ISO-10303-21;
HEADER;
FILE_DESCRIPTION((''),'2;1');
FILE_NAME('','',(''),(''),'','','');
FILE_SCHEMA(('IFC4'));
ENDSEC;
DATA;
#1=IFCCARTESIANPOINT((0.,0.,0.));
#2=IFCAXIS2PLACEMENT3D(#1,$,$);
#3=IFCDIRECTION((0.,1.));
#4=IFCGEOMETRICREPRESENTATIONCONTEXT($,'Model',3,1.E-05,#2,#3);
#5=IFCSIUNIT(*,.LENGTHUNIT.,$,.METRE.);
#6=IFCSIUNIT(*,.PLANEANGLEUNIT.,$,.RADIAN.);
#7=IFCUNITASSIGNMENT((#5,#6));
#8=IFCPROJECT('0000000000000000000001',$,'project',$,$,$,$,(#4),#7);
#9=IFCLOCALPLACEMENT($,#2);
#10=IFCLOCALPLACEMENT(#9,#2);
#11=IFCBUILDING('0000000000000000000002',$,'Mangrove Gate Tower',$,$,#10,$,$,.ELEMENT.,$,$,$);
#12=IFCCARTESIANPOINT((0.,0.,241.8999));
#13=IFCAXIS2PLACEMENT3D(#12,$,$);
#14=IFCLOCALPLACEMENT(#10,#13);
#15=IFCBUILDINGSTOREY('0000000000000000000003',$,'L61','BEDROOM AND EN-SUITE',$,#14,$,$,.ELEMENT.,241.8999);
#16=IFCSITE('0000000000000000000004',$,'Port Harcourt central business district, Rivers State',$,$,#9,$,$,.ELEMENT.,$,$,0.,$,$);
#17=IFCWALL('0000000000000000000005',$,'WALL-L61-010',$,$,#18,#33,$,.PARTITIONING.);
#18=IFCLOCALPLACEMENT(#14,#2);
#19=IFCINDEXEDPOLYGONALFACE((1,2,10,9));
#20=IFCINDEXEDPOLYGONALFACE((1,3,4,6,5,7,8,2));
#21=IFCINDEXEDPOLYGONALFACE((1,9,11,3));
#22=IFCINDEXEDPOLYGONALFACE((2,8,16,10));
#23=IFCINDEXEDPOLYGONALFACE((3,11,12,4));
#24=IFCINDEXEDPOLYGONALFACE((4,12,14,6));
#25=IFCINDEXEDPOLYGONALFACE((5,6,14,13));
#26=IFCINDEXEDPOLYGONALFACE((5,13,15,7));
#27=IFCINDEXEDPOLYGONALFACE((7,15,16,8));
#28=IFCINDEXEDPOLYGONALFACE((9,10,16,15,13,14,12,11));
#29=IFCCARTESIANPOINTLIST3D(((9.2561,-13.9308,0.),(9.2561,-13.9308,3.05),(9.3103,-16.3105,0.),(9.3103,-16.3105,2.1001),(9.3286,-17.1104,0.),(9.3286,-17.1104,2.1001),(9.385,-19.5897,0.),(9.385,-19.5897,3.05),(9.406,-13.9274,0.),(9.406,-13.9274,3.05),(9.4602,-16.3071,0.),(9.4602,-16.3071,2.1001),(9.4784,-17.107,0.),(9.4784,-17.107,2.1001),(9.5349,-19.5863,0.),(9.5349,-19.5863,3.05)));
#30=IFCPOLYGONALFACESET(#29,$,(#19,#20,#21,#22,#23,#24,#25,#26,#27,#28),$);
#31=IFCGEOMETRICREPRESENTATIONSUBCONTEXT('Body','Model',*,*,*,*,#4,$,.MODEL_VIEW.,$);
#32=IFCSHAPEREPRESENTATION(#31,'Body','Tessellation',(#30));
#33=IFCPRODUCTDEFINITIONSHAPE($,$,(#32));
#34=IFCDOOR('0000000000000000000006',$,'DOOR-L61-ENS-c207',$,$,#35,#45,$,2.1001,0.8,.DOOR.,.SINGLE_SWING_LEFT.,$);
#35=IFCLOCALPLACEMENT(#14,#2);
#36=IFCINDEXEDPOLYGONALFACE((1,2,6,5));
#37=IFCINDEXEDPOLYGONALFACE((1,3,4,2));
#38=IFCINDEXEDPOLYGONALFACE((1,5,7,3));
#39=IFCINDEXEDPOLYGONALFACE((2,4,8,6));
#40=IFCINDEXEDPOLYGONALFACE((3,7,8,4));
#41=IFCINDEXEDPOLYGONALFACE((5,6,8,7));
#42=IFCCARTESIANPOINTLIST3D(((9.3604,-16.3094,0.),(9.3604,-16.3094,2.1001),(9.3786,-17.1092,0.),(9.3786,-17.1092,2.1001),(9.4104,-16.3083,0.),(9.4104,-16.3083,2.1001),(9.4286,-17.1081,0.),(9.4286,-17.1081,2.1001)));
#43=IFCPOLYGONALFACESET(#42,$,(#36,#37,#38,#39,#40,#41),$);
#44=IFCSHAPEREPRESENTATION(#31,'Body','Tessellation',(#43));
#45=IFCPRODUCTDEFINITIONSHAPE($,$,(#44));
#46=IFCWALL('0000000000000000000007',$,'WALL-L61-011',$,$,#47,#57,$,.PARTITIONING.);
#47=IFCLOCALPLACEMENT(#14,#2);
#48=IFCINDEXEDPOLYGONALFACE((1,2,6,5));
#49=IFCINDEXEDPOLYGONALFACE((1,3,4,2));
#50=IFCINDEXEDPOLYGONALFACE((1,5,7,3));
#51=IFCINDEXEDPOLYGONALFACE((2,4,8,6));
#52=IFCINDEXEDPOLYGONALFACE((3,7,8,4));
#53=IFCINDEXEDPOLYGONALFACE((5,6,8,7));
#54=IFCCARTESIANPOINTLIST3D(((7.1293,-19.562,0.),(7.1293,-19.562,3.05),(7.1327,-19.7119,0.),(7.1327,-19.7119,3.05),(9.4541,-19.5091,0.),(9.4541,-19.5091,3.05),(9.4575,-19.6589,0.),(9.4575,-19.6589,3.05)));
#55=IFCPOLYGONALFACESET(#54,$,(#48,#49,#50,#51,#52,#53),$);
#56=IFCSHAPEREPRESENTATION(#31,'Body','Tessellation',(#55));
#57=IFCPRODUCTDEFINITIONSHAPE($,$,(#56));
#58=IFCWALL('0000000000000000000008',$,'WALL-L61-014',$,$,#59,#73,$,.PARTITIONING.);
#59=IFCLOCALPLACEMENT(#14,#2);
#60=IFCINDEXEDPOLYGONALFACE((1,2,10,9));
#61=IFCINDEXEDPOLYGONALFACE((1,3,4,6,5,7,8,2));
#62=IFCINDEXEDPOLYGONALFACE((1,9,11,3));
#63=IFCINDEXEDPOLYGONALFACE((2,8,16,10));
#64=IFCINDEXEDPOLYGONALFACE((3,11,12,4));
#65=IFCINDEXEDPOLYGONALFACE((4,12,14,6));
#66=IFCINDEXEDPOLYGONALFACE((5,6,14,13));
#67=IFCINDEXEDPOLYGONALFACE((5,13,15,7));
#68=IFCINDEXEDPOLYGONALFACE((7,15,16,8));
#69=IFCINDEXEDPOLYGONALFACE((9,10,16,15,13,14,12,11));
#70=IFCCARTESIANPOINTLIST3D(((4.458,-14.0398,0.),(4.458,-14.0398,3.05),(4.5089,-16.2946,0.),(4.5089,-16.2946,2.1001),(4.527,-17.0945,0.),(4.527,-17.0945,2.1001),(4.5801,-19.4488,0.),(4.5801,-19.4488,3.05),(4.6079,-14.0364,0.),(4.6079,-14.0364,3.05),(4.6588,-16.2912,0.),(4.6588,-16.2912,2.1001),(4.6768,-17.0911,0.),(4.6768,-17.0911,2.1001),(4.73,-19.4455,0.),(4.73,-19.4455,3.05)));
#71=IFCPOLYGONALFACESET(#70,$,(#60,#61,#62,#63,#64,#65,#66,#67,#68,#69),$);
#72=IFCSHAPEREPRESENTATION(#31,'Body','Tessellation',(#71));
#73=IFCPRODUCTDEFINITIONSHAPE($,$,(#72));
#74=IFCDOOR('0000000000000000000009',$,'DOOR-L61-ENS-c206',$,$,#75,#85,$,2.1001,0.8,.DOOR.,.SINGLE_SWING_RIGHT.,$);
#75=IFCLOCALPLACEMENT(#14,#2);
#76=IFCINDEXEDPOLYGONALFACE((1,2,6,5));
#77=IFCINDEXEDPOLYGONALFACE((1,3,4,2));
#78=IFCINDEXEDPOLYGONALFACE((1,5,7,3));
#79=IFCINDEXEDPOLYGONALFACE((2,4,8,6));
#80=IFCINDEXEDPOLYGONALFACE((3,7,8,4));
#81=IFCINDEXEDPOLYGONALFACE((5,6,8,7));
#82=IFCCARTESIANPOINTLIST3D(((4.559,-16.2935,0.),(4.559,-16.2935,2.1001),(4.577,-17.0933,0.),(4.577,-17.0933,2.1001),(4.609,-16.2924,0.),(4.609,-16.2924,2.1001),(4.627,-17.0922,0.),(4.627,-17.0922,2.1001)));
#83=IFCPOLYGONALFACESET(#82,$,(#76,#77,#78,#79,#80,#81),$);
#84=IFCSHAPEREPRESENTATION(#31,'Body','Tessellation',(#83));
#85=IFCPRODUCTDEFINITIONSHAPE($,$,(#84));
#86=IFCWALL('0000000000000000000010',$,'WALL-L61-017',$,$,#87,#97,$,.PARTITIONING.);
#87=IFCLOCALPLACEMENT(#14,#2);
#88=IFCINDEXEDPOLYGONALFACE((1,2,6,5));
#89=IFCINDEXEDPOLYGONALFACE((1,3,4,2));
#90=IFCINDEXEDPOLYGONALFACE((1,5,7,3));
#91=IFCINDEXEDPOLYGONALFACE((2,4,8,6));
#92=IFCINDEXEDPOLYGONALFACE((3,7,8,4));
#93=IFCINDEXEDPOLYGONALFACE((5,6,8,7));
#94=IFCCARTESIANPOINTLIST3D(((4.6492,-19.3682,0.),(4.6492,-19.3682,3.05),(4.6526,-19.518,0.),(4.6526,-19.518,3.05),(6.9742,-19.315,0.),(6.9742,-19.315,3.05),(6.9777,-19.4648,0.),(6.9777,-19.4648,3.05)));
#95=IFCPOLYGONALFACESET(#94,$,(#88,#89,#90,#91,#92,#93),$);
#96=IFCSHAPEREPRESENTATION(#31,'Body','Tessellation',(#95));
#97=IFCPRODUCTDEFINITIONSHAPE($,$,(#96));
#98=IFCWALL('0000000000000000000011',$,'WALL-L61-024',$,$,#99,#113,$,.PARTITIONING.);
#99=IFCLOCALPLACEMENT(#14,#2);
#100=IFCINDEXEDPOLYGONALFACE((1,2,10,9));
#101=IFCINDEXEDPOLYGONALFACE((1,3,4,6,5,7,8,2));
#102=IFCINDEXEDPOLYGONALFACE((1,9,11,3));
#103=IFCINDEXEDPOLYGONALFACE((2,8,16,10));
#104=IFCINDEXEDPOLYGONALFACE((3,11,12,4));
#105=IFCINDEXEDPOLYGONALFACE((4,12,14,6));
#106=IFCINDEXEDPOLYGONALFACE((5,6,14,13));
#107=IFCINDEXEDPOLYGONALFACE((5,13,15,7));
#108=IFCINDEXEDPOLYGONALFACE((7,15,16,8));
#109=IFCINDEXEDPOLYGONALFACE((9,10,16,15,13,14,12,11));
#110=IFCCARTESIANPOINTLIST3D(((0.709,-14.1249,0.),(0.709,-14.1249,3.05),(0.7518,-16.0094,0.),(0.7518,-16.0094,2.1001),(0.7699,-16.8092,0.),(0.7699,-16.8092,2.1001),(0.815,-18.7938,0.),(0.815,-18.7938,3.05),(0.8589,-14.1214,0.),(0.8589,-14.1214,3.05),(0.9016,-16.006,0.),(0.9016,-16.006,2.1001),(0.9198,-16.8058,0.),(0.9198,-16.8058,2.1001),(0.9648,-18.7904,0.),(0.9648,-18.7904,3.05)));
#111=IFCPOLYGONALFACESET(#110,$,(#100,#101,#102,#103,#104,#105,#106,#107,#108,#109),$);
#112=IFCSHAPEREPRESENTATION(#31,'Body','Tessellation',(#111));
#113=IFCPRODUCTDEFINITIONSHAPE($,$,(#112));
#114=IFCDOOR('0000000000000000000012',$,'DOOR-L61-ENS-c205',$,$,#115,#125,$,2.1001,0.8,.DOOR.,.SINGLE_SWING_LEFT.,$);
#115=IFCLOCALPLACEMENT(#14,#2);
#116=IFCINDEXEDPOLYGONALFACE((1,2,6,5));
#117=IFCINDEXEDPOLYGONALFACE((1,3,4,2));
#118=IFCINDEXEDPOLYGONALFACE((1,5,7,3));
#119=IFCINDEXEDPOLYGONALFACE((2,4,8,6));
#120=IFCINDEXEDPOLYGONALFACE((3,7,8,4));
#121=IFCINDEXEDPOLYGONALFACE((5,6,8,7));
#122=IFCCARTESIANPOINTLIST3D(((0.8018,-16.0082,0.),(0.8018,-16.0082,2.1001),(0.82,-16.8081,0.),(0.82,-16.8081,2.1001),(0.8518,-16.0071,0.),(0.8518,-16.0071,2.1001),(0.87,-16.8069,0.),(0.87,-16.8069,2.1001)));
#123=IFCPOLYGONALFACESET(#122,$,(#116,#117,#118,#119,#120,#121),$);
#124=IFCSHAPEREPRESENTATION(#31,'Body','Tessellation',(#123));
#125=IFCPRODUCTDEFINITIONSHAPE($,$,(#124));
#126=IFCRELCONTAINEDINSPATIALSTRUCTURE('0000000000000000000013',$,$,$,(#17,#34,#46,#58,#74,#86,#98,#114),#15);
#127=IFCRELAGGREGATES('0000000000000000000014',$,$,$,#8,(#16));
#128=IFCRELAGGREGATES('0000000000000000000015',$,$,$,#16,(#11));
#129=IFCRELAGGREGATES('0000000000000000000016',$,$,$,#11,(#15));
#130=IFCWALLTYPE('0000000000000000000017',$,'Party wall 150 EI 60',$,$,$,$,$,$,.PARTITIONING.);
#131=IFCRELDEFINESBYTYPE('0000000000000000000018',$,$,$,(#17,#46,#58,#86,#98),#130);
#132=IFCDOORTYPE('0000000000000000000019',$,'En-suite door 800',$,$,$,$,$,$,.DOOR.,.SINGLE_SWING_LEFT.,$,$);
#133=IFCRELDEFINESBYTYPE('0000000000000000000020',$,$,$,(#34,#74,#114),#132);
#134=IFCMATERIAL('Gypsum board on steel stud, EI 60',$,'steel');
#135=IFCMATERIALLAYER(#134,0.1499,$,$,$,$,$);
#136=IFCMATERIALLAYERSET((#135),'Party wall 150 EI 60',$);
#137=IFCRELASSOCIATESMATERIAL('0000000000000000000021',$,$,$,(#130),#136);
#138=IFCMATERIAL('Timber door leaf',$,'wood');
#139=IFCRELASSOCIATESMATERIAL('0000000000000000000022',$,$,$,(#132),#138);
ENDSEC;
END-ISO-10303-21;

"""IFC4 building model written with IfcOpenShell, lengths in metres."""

from ifc_helpers import new_model, si_unit, direction, frame, frame_2d, origin, place, context, subcontext, project, spatial, rectangle, extrude, material, layer, layer_set, type_object, element, fill, save


model = new_model("IFC4")

# Units and contexts
model_context = context("Model", 3, precision=1e-05, world=origin(), true_north=direction((0.0, 1.0)))
body_context = subcontext(model_context, "Body", "Model", "MODEL_VIEW")
ifc_project = project(units=[si_unit("LENGTHUNIT", "METRE"), si_unit("PLANEANGLEUNIT", "RADIAN")], contexts=[model_context])

# Site, building, storey
site_placement = place(None, origin())
site = spatial("IfcSite", under=ifc_project, at=site_placement, Name="Port Harcourt central business district, Rivers State", CompositionType="ELEMENT", RefElevation=0.0)
building_placement = place(site_placement, origin())
building = spatial("IfcBuilding", under=site, at=building_placement, Name="Mangrove Gate Tower", CompositionType="ELEMENT")
storey_placement = place(building_placement, frame((0.0, 0.0, 241.8999)))
storey = spatial("IfcBuildingStorey", under=building, at=storey_placement, Name="L61", Description="BEDROOM AND EN-SUITE", CompositionType="ELEMENT", Elevation=241.8999)

# Shared definitions
ifc_material_1 = material(Name="Gypsum board on steel stud, EI 60", Category="steel")
ifc_layer_1 = layer(ifc_material_1, 0.1499)
ifc_layer_set_1 = layer_set([ifc_layer_1], Name="Party wall 150 EI 60")
wall_type_1 = type_object("IfcWallType", Name="Party wall 150 EI 60", PredefinedType="PARTITIONING", material=ifc_layer_set_1)

# Wall, opening, door
wall_1_placement = place(storey_placement, frame((9.46, -19.5879, 0.0), z_axis=(0.0, 0.0, 1.0), x_axis=(-0.022773, 0.999741, 0.0)))
wall_1 = element("IfcWall", 1, at=wall_1_placement, inside=storey, type_object=wall_type_1, Name="WALL-L61-010", PredefinedType="PARTITIONING", context=body_context, shape_type="SweptSolid", body=[
    extrude(rectangle(XDim=5.6604, YDim=0.1499, at=frame_2d((2.8301, 0.0))), origin(), (0.0, 0.0, 1.0), 3.05),
])
opening_1_placement = place(wall_1_placement, frame((2.48, 0.0, 0.0)))
opening_1 = element("IfcOpeningElement", 2, at=opening_1_placement, cuts=wall_1, PredefinedType="OPENING", context=body_context, shape_type="SweptSolid", body=[
    extrude(rectangle(XDim=0.8, YDim=2.1001, at=frame_2d((0.3999, 1.05))), frame((0.0, 0.085, 0.0), z_axis=(0.0, -1.0, 0.0), x_axis=(1.0, 0.0, 0.0)), (0.0, 0.0, 1.0), 0.1699),
])
ifc_material_2 = material(Name="Timber door leaf", Category="wood")
door_type_1 = type_object("IfcDoorType", Name="En-suite door 800", OperationType="SINGLE_SWING_LEFT", PredefinedType="DOOR", material=ifc_material_2)
door_1_placement = place(opening_1_placement, origin())
door_1 = element("IfcDoor", 3, at=door_1_placement, inside=storey, type_object=door_type_1, Name="DOOR-L61-ENS-c207", OperationType="SINGLE_SWING_LEFT", OverallHeight=2.1001, OverallWidth=0.8, PredefinedType="DOOR", context=body_context, shape_type="SweptSolid", body=[
    extrude(rectangle(XDim=0.8, YDim=2.1001, at=frame_2d((0.3999, 1.05))), frame((0.0, 0.0249, 0.0), z_axis=(0.0, -1.0, 0.0), x_axis=(1.0, 0.0, 0.0)), (0.0, 0.0, 1.0), 0.05),
])
fill(opening_1, door_1)

# Wall
wall_2_placement = place(storey_placement, frame((7.1311, -19.637, 0.0), z_axis=(0.0, 0.0, 1.0), x_axis=(0.99974, 0.022781, 0.0)))
element("IfcWall", 4, at=wall_2_placement, inside=storey, type_object=wall_type_1, Name="WALL-L61-011", PredefinedType="PARTITIONING", context=body_context, shape_type="SweptSolid", body=[
    extrude(rectangle(XDim=2.3254, YDim=0.1499, at=frame_2d((1.1626, 0.0))), origin(), (0.0, 0.0, 1.0), 3.05),
])

# Wall, opening, door
wall_3_placement = place(storey_placement, frame((4.655, -19.447, 0.0), z_axis=(0.0, 0.0, 1.0), x_axis=(-0.022563, 0.999745, 0.0)))
wall_3 = element("IfcWall", 5, at=wall_3_placement, inside=storey, type_object=wall_type_1, Name="WALL-L61-014", PredefinedType="PARTITIONING", context=body_context, shape_type="SweptSolid", body=[
    extrude(rectangle(XDim=5.4104, YDim=0.1499, at=frame_2d((2.7051, 0.0))), origin(), (0.0, 0.0, 1.0), 3.05),
])
opening_2_placement = place(wall_3_placement, frame((2.355, 0.0, 0.0)))
opening_2 = element("IfcOpeningElement", 6, at=opening_2_placement, cuts=wall_3, PredefinedType="OPENING", context=body_context, shape_type="SweptSolid", body=[
    extrude(rectangle(XDim=0.8, YDim=2.1001, at=frame_2d((0.3999, 1.05))), frame((0.0, 0.085, 0.0), z_axis=(0.0, -1.0, 0.0), x_axis=(1.0, 0.0, 0.0)), (0.0, 0.0, 1.0), 0.1699),
])
door_2_placement = place(opening_2_placement, origin())
door_2 = element("IfcDoor", 7, at=door_2_placement, inside=storey, type_object=door_type_1, Name="DOOR-L61-ENS-c206", OperationType="SINGLE_SWING_RIGHT", OverallHeight=2.1001, OverallWidth=0.8, PredefinedType="DOOR", context=body_context, shape_type="SweptSolid", body=[
    extrude(rectangle(XDim=0.8, YDim=2.1001, at=frame_2d((0.3999, 1.05))), frame((0.0, 0.0249, 0.0), z_axis=(0.0, -1.0, 0.0), x_axis=(1.0, 0.0, 0.0)), (0.0, 0.0, 1.0), 0.05),
])
fill(opening_2, door_2)

# Wall
wall_4_placement = place(storey_placement, frame((4.6509, -19.4431, 0.0), z_axis=(0.0, 0.0, 1.0), x_axis=(0.999738, 0.022884, 0.0)))
element("IfcWall", 8, at=wall_4_placement, inside=storey, type_object=wall_type_1, Name="WALL-L61-017", PredefinedType="PARTITIONING", context=body_context, shape_type="SweptSolid", body=[
    extrude(rectangle(XDim=2.3257, YDim=0.1499, at=frame_2d((1.1628, 0.0))), origin(), (0.0, 0.0, 1.0), 3.05),
])

# Wall, opening, door
wall_5_placement = place(storey_placement, frame((0.8899, -18.792, 0.0), z_axis=(0.0, 0.0, 1.0), x_axis=(-0.022688, 0.999743, 0.0)))
wall_5 = element("IfcWall", 9, at=wall_5_placement, inside=storey, type_object=wall_type_1, Name="WALL-L61-024", PredefinedType="PARTITIONING", context=body_context, shape_type="SweptSolid", body=[
    extrude(rectangle(XDim=4.6702, YDim=0.1499, at=frame_2d((2.335, 0.0))), origin(), (0.0, 0.0, 1.0), 3.05),
])
opening_3_placement = place(wall_5_placement, frame((1.9851, 0.0, 0.0)))
opening_3 = element("IfcOpeningElement", 10, at=opening_3_placement, cuts=wall_5, PredefinedType="OPENING", context=body_context, shape_type="SweptSolid", body=[
    extrude(rectangle(XDim=0.8, YDim=2.1001, at=frame_2d((0.3999, 1.05))), frame((0.0, 0.085, 0.0), z_axis=(0.0, -1.0, 0.0), x_axis=(1.0, 0.0, 0.0)), (0.0, 0.0, 1.0), 0.1699),
])
door_3_placement = place(opening_3_placement, origin())
door_3 = element("IfcDoor", 11, at=door_3_placement, inside=storey, type_object=door_type_1, Name="DOOR-L61-ENS-c205", OperationType="SINGLE_SWING_LEFT", OverallHeight=2.1001, OverallWidth=0.8, PredefinedType="DOOR", context=body_context, shape_type="SweptSolid", body=[
    extrude(rectangle(XDim=0.8, YDim=2.1001, at=frame_2d((0.3999, 1.05))), frame((0.0, 0.0249, 0.0), z_axis=(0.0, -1.0, 0.0), x_axis=(1.0, 0.0, 0.0)), (0.0, 0.0, 1.0), 0.05),
])
fill(opening_3, door_3)

save(model, "model.ifc")
